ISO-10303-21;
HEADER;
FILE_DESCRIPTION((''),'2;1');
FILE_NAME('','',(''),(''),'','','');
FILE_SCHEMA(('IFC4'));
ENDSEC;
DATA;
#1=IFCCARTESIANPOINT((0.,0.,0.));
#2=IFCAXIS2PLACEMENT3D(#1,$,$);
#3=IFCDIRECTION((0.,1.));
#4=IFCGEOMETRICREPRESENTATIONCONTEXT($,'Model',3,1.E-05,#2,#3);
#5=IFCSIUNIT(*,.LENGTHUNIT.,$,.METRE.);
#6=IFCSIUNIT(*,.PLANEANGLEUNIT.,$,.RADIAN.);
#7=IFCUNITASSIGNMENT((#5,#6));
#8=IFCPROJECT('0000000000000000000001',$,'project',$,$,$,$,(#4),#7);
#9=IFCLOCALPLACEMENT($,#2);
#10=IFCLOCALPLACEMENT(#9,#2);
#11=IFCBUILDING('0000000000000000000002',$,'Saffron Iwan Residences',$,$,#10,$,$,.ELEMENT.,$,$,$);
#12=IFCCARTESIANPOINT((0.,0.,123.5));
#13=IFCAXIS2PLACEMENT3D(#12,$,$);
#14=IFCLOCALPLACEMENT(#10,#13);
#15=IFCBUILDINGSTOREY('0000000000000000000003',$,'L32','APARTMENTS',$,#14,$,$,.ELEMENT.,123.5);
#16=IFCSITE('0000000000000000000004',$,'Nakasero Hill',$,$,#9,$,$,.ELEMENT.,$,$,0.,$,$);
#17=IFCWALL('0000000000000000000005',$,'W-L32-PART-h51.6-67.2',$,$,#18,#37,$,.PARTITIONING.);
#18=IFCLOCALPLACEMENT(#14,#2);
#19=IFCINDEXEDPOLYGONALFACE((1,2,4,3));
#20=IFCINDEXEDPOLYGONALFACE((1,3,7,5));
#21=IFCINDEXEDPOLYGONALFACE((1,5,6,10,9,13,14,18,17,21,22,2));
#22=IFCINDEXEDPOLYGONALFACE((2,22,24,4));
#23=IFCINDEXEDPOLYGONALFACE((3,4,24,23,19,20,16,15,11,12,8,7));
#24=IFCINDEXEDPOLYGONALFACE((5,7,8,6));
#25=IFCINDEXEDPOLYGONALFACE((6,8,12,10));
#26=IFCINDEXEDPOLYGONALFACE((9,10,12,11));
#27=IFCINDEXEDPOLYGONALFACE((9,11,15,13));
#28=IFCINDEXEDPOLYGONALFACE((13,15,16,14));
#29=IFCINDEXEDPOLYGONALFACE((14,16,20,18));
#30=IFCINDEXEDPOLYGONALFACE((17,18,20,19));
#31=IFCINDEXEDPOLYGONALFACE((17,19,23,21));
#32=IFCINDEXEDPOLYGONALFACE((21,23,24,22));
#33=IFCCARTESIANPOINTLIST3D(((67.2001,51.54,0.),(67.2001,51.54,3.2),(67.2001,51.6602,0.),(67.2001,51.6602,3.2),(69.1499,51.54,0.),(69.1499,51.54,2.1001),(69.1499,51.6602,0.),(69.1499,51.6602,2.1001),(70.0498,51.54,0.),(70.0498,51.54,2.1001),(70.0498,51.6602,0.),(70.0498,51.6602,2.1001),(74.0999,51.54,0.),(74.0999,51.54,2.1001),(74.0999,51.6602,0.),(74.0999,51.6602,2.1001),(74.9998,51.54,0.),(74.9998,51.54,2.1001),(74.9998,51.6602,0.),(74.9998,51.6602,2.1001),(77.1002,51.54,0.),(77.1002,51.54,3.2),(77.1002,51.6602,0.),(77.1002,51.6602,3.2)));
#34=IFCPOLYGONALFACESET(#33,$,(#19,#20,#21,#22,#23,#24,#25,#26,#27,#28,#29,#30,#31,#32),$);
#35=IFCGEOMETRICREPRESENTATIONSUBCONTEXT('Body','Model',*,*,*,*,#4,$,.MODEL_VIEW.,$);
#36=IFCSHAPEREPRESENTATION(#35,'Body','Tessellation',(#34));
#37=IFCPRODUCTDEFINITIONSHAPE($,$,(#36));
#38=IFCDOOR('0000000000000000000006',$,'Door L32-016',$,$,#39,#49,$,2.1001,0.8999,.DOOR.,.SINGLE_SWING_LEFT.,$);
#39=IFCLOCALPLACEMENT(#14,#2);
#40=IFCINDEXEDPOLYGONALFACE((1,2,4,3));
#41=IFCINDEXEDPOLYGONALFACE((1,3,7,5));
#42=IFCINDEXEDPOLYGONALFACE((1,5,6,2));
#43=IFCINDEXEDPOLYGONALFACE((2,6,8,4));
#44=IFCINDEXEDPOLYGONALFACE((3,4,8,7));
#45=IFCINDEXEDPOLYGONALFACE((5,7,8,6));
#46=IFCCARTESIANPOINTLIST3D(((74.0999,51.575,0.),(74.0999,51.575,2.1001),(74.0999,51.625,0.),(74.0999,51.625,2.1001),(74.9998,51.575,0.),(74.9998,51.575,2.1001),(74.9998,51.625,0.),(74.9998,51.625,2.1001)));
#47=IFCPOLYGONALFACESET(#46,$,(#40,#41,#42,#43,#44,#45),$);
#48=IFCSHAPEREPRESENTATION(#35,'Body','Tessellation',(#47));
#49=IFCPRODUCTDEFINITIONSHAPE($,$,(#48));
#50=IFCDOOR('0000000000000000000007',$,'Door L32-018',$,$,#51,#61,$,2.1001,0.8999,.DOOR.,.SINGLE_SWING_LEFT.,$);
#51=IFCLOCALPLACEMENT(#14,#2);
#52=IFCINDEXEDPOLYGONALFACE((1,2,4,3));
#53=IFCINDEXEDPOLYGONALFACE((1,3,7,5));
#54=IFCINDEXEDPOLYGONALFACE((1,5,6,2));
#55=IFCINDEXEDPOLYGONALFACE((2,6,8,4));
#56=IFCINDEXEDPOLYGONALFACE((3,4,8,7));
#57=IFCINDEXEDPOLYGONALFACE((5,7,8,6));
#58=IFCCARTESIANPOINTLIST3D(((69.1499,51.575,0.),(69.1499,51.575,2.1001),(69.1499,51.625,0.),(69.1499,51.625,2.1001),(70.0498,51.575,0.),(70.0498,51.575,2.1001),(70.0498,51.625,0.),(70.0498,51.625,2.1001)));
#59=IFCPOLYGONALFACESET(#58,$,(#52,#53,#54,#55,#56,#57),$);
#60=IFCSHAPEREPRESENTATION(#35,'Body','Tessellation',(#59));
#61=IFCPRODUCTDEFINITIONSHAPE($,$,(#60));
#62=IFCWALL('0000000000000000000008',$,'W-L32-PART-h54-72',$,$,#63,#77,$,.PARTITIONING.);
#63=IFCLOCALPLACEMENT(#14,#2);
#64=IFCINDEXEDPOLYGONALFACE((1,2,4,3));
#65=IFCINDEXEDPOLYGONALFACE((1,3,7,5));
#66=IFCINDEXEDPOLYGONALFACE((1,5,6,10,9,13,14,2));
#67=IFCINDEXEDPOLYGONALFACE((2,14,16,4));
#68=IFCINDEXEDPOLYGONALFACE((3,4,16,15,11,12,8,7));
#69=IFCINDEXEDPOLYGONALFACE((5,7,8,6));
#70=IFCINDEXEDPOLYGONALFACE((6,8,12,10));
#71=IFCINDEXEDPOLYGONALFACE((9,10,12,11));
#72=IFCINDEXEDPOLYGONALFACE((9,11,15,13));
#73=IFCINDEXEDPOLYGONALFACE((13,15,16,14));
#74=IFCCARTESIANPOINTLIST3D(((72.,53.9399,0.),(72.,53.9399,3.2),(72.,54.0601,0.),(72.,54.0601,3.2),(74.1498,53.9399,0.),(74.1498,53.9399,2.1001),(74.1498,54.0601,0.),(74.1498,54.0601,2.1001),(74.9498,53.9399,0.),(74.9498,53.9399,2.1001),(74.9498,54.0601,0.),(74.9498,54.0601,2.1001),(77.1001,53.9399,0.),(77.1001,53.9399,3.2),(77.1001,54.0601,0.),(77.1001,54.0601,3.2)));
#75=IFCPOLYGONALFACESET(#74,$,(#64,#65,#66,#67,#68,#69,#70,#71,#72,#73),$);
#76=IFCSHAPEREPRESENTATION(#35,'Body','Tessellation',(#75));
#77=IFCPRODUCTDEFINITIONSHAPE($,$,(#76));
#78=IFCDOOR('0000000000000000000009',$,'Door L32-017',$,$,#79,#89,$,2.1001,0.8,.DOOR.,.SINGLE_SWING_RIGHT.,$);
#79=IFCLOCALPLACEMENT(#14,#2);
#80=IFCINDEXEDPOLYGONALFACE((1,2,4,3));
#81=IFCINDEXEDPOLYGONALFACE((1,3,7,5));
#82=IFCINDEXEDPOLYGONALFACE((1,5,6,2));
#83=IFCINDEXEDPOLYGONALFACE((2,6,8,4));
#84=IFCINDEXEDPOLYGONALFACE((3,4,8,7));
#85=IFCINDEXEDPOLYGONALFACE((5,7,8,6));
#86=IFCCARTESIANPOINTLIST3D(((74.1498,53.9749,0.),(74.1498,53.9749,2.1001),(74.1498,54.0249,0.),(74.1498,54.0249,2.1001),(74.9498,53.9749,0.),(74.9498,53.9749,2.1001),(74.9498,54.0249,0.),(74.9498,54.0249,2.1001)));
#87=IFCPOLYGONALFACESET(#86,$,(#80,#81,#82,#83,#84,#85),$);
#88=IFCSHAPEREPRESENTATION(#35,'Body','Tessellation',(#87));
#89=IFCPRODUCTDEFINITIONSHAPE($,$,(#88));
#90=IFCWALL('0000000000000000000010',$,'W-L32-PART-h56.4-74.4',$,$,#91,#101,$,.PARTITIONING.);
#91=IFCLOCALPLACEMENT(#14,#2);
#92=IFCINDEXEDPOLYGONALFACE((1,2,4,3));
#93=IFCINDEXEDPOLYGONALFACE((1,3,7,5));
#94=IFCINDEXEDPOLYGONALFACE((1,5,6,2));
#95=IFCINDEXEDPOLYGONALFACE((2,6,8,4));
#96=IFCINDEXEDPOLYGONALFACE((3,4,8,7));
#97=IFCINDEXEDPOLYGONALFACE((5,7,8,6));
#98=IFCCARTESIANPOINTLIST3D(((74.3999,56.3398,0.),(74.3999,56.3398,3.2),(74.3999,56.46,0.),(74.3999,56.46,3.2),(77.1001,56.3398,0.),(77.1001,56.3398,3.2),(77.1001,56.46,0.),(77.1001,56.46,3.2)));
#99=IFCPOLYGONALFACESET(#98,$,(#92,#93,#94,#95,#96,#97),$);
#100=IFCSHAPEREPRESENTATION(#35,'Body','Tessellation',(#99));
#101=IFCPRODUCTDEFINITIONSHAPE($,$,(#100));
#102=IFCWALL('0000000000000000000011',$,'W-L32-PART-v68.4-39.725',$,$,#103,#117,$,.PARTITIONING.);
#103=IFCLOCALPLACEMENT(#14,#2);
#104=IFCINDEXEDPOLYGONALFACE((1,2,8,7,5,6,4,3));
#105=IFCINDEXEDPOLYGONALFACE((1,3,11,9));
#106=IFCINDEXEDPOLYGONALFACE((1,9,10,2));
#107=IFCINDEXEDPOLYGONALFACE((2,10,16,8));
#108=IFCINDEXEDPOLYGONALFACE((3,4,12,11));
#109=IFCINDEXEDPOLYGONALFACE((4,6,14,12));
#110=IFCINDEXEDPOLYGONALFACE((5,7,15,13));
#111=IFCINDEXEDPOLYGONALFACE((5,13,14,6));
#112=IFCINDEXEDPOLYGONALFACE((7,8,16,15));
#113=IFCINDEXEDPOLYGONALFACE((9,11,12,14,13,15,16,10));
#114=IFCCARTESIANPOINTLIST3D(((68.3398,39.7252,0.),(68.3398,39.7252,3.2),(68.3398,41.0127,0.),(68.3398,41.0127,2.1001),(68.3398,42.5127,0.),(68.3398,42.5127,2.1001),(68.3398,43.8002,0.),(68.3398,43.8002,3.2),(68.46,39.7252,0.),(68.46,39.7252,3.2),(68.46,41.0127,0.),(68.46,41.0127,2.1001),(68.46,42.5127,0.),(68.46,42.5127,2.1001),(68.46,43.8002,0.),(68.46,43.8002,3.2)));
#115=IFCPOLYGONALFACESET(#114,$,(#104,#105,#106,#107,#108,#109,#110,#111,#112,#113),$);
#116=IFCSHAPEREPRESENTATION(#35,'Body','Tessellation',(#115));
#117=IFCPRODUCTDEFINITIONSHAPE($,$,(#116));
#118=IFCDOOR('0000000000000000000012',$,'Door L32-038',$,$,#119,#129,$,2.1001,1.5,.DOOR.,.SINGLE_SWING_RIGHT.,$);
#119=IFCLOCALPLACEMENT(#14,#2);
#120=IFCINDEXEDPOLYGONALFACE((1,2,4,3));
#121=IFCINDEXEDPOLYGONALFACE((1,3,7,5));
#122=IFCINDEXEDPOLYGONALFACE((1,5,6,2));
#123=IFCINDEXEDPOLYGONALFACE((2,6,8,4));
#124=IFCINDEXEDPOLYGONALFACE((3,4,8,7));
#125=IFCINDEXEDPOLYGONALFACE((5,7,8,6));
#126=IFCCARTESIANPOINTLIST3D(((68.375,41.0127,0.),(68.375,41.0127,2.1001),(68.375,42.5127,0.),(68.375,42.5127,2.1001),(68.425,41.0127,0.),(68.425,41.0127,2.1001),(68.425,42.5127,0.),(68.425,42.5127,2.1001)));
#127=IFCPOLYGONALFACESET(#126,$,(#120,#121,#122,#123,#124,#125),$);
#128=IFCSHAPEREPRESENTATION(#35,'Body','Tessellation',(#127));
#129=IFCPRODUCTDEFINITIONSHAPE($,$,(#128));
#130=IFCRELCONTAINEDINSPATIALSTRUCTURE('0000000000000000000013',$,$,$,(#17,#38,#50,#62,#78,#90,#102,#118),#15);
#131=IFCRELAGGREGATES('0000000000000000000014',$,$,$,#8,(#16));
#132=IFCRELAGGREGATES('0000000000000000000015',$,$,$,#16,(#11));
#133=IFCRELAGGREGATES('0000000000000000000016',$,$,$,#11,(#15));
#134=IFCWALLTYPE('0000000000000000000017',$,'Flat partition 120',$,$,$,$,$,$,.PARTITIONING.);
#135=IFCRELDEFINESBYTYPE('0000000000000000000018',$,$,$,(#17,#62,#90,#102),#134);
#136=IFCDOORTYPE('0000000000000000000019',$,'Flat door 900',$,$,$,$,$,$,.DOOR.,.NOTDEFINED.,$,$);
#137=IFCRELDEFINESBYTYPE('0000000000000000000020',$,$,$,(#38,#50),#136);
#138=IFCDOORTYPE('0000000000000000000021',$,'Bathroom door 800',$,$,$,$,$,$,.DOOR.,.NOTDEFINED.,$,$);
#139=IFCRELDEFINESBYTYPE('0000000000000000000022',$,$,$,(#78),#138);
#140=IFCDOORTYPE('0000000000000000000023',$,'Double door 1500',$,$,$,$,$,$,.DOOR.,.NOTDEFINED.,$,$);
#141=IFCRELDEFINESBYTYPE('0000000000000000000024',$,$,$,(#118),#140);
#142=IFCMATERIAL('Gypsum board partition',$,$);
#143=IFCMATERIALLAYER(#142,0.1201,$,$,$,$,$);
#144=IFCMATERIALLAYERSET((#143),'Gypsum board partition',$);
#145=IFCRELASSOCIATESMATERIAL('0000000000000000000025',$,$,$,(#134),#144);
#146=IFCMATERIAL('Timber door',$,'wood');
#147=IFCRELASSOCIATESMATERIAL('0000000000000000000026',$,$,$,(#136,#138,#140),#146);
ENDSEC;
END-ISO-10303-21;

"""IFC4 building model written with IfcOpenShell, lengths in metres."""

from ifc_helpers import new_model, si_unit, direction, frame, frame_2d, origin, place, context, subcontext, project, spatial, rectangle, extrude, material, layer, layer_set, type_object, element, fill, save


model = new_model("IFC4")

# Units and contexts
model_context = context("Model", 3, precision=1e-05, world=origin(), true_north=direction((0.0, 1.0)))
body_context = subcontext(model_context, "Body", "Model", "MODEL_VIEW")
ifc_project = project(units=[si_unit("LENGTHUNIT", "METRE"), si_unit("PLANEANGLEUNIT", "RADIAN")], contexts=[model_context])

# Site, building, storey
site_placement = place(None, origin())
site = spatial("IfcSite", under=ifc_project, at=site_placement, Name="Nakasero Hill", CompositionType="ELEMENT", RefElevation=0.0)
building_placement = place(site_placement, origin())
building = spatial("IfcBuilding", under=site, at=building_placement, Name="Saffron Iwan Residences", CompositionType="ELEMENT")
storey_placement = place(building_placement, frame((0.0, 0.0, 123.5)))
storey = spatial("IfcBuildingStorey", under=building, at=storey_placement, Name="L32", Description="APARTMENTS", CompositionType="ELEMENT", Elevation=123.5)

# Wall, openings, doors
ifc_material_1 = material(Name="Gypsum board partition")
ifc_layer_1 = layer(ifc_material_1, 0.1201)
ifc_layer_set_1 = layer_set([ifc_layer_1], Name="Gypsum board partition")
wall_type_1 = type_object("IfcWallType", Name="Flat partition 120", PredefinedType="PARTITIONING", material=ifc_layer_set_1)
wall_1_placement = place(storey_placement, frame((67.2, 51.6001, 0.0), z_axis=(0.0, 0.0, 1.0), x_axis=(1.0, 0.0, 0.0)))
wall_1 = element("IfcWall", 1, at=wall_1_placement, inside=storey, type_object=wall_type_1, Name="W-L32-PART-h51.6-67.2", PredefinedType="PARTITIONING", context=body_context, shape_type="SweptSolid", body=[
    extrude(rectangle(XDim=9.9001, YDim=0.1201, at=frame_2d((4.9502, 0.0))), origin(), (0.0, 0.0, 1.0), 3.2),
])
opening_1_placement = place(wall_1_placement, frame((6.8999, 0.0, 0.0)))
opening_1 = element("IfcOpeningElement", 2, at=opening_1_placement, cuts=wall_1, PredefinedType="OPENING", context=body_context, shape_type="SweptSolid", body=[
    extrude(rectangle(XDim=0.8999, YDim=2.1001, at=frame_2d((0.45, 1.05))), frame((0.0, 0.0701, 0.0), z_axis=(0.0, -1.0, 0.0), x_axis=(1.0, 0.0, 0.0)), (0.0, 0.0, 1.0), 0.1401),
])
opening_2_placement = place(wall_1_placement, frame((1.95, 0.0, 0.0)))
opening_2 = element("IfcOpeningElement", 3, at=opening_2_placement, cuts=wall_1, PredefinedType="OPENING", context=body_context, shape_type="SweptSolid", body=[
    extrude(rectangle(XDim=0.8999, YDim=2.1001, at=frame_2d((0.45, 1.05))), frame((0.0, 0.0701, 0.0), z_axis=(0.0, -1.0, 0.0), x_axis=(1.0, 0.0, 0.0)), (0.0, 0.0, 1.0), 0.1401),
])
ifc_material_2 = material(Name="Timber door", Category="wood")
door_type_1 = type_object("IfcDoorType", Name="Flat door 900", OperationType="NOTDEFINED", PredefinedType="DOOR", material=ifc_material_2)
door_1_placement = place(opening_1_placement, origin())
door_1 = element("IfcDoor", 4, at=door_1_placement, inside=storey, type_object=door_type_1, Name="Door L32-016", OperationType="SINGLE_SWING_LEFT", OverallHeight=2.1001, OverallWidth=0.8999, PredefinedType="DOOR", context=body_context, shape_type="SweptSolid", body=[
    extrude(rectangle(XDim=0.8999, YDim=2.1001, at=frame_2d((0.45, 1.05))), frame((0.0, 0.0249, 0.0), z_axis=(0.0, -1.0, 0.0), x_axis=(1.0, 0.0, 0.0)), (0.0, 0.0, 1.0), 0.05),
])
fill(opening_1, door_1)
door_2_placement = place(opening_2_placement, origin())
door_2 = element("IfcDoor", 5, at=door_2_placement, inside=storey, type_object=door_type_1, Name="Door L32-018", OperationType="SINGLE_SWING_LEFT", OverallHeight=2.1001, OverallWidth=0.8999, PredefinedType="DOOR", context=body_context, shape_type="SweptSolid", body=[
    extrude(rectangle(XDim=0.8999, YDim=2.1001, at=frame_2d((0.45, 1.05))), frame((0.0, 0.0249, 0.0), z_axis=(0.0, -1.0, 0.0), x_axis=(1.0, 0.0, 0.0)), (0.0, 0.0, 1.0), 0.05),
])
fill(opening_2, door_2)

# Wall, opening, door
wall_2_placement = place(storey_placement, frame((72.0, 54.0, 0.0), z_axis=(0.0, 0.0, 1.0), x_axis=(1.0, 0.0, 0.0)))
wall_2 = element("IfcWall", 6, at=wall_2_placement, inside=storey, type_object=wall_type_1, Name="W-L32-PART-h54-72", PredefinedType="PARTITIONING", context=body_context, shape_type="SweptSolid", body=[
    extrude(rectangle(XDim=5.1001, YDim=0.1201, at=frame_2d((2.55, 0.0))), origin(), (0.0, 0.0, 1.0), 3.2),
])
opening_3_placement = place(wall_2_placement, frame((2.1499, 0.0, 0.0)))
opening_3 = element("IfcOpeningElement", 7, at=opening_3_placement, cuts=wall_2, PredefinedType="OPENING", context=body_context, shape_type="SweptSolid", body=[
    extrude(rectangle(XDim=0.8, YDim=2.1001, at=frame_2d((0.3999, 1.05))), frame((0.0, 0.0701, 0.0), z_axis=(0.0, -1.0, 0.0), x_axis=(1.0, 0.0, 0.0)), (0.0, 0.0, 1.0), 0.1401),
])
door_type_2 = type_object("IfcDoorType", Name="Bathroom door 800", OperationType="NOTDEFINED", PredefinedType="DOOR", material=ifc_material_2)
door_3_placement = place(opening_3_placement, origin())
door_3 = element("IfcDoor", 8, at=door_3_placement, inside=storey, type_object=door_type_2, Name="Door L32-017", OperationType="SINGLE_SWING_RIGHT", OverallHeight=2.1001, OverallWidth=0.8, PredefinedType="DOOR", context=body_context, shape_type="SweptSolid", body=[
    extrude(rectangle(XDim=0.8, YDim=2.1001, at=frame_2d((0.3999, 1.05))), frame((0.0, 0.0249, 0.0), z_axis=(0.0, -1.0, 0.0), x_axis=(1.0, 0.0, 0.0)), (0.0, 0.0, 1.0), 0.05),
])
fill(opening_3, door_3)

# Wall
wall_3_placement = place(storey_placement, frame((74.3999, 56.3999, 0.0), z_axis=(0.0, 0.0, 1.0), x_axis=(1.0, 0.0, 0.0)))
element("IfcWall", 9, at=wall_3_placement, inside=storey, type_object=wall_type_1, Name="W-L32-PART-h56.4-74.4", PredefinedType="PARTITIONING", context=body_context, shape_type="SweptSolid", body=[
    extrude(rectangle(XDim=2.7002, YDim=0.1201, at=frame_2d((1.3501, 0.0))), origin(), (0.0, 0.0, 1.0), 3.2),
])

# Wall, opening, door
wall_4_placement = place(storey_placement, frame((68.3999, 39.7251, 0.0), z_axis=(0.0, 0.0, 1.0), x_axis=(0.0, 1.0, 0.0)))
wall_4 = element("IfcWall", 10, at=wall_4_placement, inside=storey, type_object=wall_type_1, Name="W-L32-PART-v68.4-39.725", PredefinedType="PARTITIONING", context=body_context, shape_type="SweptSolid", body=[
    extrude(rectangle(XDim=4.075, YDim=0.1201, at=frame_2d((2.0376, 0.0))), origin(), (0.0, 0.0, 1.0), 3.2),
])
opening_4_placement = place(wall_4_placement, frame((1.2876, 0.0, 0.0)))
opening_4 = element("IfcOpeningElement", 11, at=opening_4_placement, cuts=wall_4, PredefinedType="OPENING", context=body_context, shape_type="SweptSolid", body=[
    extrude(rectangle(XDim=1.5, YDim=2.1001, at=frame_2d((0.75, 1.05))), frame((0.0, 0.0701, 0.0), z_axis=(0.0, -1.0, 0.0), x_axis=(1.0, 0.0, 0.0)), (0.0, 0.0, 1.0), 0.1401),
])
door_type_3 = type_object("IfcDoorType", Name="Double door 1500", OperationType="NOTDEFINED", PredefinedType="DOOR", material=ifc_material_2)
door_4_placement = place(opening_4_placement, origin())
door_4 = element("IfcDoor", 12, at=door_4_placement, inside=storey, type_object=door_type_3, Name="Door L32-038", OperationType="SINGLE_SWING_RIGHT", OverallHeight=2.1001, OverallWidth=1.5, PredefinedType="DOOR", context=body_context, shape_type="SweptSolid", body=[
    extrude(rectangle(XDim=1.5, YDim=2.1001, at=frame_2d((0.75, 1.05))), frame((0.0, 0.0249, 0.0), z_axis=(0.0, -1.0, 0.0), x_axis=(1.0, 0.0, 0.0)), (0.0, 0.0, 1.0), 0.05),
])
fill(opening_4, door_4)

save(model, "model.ifc")
